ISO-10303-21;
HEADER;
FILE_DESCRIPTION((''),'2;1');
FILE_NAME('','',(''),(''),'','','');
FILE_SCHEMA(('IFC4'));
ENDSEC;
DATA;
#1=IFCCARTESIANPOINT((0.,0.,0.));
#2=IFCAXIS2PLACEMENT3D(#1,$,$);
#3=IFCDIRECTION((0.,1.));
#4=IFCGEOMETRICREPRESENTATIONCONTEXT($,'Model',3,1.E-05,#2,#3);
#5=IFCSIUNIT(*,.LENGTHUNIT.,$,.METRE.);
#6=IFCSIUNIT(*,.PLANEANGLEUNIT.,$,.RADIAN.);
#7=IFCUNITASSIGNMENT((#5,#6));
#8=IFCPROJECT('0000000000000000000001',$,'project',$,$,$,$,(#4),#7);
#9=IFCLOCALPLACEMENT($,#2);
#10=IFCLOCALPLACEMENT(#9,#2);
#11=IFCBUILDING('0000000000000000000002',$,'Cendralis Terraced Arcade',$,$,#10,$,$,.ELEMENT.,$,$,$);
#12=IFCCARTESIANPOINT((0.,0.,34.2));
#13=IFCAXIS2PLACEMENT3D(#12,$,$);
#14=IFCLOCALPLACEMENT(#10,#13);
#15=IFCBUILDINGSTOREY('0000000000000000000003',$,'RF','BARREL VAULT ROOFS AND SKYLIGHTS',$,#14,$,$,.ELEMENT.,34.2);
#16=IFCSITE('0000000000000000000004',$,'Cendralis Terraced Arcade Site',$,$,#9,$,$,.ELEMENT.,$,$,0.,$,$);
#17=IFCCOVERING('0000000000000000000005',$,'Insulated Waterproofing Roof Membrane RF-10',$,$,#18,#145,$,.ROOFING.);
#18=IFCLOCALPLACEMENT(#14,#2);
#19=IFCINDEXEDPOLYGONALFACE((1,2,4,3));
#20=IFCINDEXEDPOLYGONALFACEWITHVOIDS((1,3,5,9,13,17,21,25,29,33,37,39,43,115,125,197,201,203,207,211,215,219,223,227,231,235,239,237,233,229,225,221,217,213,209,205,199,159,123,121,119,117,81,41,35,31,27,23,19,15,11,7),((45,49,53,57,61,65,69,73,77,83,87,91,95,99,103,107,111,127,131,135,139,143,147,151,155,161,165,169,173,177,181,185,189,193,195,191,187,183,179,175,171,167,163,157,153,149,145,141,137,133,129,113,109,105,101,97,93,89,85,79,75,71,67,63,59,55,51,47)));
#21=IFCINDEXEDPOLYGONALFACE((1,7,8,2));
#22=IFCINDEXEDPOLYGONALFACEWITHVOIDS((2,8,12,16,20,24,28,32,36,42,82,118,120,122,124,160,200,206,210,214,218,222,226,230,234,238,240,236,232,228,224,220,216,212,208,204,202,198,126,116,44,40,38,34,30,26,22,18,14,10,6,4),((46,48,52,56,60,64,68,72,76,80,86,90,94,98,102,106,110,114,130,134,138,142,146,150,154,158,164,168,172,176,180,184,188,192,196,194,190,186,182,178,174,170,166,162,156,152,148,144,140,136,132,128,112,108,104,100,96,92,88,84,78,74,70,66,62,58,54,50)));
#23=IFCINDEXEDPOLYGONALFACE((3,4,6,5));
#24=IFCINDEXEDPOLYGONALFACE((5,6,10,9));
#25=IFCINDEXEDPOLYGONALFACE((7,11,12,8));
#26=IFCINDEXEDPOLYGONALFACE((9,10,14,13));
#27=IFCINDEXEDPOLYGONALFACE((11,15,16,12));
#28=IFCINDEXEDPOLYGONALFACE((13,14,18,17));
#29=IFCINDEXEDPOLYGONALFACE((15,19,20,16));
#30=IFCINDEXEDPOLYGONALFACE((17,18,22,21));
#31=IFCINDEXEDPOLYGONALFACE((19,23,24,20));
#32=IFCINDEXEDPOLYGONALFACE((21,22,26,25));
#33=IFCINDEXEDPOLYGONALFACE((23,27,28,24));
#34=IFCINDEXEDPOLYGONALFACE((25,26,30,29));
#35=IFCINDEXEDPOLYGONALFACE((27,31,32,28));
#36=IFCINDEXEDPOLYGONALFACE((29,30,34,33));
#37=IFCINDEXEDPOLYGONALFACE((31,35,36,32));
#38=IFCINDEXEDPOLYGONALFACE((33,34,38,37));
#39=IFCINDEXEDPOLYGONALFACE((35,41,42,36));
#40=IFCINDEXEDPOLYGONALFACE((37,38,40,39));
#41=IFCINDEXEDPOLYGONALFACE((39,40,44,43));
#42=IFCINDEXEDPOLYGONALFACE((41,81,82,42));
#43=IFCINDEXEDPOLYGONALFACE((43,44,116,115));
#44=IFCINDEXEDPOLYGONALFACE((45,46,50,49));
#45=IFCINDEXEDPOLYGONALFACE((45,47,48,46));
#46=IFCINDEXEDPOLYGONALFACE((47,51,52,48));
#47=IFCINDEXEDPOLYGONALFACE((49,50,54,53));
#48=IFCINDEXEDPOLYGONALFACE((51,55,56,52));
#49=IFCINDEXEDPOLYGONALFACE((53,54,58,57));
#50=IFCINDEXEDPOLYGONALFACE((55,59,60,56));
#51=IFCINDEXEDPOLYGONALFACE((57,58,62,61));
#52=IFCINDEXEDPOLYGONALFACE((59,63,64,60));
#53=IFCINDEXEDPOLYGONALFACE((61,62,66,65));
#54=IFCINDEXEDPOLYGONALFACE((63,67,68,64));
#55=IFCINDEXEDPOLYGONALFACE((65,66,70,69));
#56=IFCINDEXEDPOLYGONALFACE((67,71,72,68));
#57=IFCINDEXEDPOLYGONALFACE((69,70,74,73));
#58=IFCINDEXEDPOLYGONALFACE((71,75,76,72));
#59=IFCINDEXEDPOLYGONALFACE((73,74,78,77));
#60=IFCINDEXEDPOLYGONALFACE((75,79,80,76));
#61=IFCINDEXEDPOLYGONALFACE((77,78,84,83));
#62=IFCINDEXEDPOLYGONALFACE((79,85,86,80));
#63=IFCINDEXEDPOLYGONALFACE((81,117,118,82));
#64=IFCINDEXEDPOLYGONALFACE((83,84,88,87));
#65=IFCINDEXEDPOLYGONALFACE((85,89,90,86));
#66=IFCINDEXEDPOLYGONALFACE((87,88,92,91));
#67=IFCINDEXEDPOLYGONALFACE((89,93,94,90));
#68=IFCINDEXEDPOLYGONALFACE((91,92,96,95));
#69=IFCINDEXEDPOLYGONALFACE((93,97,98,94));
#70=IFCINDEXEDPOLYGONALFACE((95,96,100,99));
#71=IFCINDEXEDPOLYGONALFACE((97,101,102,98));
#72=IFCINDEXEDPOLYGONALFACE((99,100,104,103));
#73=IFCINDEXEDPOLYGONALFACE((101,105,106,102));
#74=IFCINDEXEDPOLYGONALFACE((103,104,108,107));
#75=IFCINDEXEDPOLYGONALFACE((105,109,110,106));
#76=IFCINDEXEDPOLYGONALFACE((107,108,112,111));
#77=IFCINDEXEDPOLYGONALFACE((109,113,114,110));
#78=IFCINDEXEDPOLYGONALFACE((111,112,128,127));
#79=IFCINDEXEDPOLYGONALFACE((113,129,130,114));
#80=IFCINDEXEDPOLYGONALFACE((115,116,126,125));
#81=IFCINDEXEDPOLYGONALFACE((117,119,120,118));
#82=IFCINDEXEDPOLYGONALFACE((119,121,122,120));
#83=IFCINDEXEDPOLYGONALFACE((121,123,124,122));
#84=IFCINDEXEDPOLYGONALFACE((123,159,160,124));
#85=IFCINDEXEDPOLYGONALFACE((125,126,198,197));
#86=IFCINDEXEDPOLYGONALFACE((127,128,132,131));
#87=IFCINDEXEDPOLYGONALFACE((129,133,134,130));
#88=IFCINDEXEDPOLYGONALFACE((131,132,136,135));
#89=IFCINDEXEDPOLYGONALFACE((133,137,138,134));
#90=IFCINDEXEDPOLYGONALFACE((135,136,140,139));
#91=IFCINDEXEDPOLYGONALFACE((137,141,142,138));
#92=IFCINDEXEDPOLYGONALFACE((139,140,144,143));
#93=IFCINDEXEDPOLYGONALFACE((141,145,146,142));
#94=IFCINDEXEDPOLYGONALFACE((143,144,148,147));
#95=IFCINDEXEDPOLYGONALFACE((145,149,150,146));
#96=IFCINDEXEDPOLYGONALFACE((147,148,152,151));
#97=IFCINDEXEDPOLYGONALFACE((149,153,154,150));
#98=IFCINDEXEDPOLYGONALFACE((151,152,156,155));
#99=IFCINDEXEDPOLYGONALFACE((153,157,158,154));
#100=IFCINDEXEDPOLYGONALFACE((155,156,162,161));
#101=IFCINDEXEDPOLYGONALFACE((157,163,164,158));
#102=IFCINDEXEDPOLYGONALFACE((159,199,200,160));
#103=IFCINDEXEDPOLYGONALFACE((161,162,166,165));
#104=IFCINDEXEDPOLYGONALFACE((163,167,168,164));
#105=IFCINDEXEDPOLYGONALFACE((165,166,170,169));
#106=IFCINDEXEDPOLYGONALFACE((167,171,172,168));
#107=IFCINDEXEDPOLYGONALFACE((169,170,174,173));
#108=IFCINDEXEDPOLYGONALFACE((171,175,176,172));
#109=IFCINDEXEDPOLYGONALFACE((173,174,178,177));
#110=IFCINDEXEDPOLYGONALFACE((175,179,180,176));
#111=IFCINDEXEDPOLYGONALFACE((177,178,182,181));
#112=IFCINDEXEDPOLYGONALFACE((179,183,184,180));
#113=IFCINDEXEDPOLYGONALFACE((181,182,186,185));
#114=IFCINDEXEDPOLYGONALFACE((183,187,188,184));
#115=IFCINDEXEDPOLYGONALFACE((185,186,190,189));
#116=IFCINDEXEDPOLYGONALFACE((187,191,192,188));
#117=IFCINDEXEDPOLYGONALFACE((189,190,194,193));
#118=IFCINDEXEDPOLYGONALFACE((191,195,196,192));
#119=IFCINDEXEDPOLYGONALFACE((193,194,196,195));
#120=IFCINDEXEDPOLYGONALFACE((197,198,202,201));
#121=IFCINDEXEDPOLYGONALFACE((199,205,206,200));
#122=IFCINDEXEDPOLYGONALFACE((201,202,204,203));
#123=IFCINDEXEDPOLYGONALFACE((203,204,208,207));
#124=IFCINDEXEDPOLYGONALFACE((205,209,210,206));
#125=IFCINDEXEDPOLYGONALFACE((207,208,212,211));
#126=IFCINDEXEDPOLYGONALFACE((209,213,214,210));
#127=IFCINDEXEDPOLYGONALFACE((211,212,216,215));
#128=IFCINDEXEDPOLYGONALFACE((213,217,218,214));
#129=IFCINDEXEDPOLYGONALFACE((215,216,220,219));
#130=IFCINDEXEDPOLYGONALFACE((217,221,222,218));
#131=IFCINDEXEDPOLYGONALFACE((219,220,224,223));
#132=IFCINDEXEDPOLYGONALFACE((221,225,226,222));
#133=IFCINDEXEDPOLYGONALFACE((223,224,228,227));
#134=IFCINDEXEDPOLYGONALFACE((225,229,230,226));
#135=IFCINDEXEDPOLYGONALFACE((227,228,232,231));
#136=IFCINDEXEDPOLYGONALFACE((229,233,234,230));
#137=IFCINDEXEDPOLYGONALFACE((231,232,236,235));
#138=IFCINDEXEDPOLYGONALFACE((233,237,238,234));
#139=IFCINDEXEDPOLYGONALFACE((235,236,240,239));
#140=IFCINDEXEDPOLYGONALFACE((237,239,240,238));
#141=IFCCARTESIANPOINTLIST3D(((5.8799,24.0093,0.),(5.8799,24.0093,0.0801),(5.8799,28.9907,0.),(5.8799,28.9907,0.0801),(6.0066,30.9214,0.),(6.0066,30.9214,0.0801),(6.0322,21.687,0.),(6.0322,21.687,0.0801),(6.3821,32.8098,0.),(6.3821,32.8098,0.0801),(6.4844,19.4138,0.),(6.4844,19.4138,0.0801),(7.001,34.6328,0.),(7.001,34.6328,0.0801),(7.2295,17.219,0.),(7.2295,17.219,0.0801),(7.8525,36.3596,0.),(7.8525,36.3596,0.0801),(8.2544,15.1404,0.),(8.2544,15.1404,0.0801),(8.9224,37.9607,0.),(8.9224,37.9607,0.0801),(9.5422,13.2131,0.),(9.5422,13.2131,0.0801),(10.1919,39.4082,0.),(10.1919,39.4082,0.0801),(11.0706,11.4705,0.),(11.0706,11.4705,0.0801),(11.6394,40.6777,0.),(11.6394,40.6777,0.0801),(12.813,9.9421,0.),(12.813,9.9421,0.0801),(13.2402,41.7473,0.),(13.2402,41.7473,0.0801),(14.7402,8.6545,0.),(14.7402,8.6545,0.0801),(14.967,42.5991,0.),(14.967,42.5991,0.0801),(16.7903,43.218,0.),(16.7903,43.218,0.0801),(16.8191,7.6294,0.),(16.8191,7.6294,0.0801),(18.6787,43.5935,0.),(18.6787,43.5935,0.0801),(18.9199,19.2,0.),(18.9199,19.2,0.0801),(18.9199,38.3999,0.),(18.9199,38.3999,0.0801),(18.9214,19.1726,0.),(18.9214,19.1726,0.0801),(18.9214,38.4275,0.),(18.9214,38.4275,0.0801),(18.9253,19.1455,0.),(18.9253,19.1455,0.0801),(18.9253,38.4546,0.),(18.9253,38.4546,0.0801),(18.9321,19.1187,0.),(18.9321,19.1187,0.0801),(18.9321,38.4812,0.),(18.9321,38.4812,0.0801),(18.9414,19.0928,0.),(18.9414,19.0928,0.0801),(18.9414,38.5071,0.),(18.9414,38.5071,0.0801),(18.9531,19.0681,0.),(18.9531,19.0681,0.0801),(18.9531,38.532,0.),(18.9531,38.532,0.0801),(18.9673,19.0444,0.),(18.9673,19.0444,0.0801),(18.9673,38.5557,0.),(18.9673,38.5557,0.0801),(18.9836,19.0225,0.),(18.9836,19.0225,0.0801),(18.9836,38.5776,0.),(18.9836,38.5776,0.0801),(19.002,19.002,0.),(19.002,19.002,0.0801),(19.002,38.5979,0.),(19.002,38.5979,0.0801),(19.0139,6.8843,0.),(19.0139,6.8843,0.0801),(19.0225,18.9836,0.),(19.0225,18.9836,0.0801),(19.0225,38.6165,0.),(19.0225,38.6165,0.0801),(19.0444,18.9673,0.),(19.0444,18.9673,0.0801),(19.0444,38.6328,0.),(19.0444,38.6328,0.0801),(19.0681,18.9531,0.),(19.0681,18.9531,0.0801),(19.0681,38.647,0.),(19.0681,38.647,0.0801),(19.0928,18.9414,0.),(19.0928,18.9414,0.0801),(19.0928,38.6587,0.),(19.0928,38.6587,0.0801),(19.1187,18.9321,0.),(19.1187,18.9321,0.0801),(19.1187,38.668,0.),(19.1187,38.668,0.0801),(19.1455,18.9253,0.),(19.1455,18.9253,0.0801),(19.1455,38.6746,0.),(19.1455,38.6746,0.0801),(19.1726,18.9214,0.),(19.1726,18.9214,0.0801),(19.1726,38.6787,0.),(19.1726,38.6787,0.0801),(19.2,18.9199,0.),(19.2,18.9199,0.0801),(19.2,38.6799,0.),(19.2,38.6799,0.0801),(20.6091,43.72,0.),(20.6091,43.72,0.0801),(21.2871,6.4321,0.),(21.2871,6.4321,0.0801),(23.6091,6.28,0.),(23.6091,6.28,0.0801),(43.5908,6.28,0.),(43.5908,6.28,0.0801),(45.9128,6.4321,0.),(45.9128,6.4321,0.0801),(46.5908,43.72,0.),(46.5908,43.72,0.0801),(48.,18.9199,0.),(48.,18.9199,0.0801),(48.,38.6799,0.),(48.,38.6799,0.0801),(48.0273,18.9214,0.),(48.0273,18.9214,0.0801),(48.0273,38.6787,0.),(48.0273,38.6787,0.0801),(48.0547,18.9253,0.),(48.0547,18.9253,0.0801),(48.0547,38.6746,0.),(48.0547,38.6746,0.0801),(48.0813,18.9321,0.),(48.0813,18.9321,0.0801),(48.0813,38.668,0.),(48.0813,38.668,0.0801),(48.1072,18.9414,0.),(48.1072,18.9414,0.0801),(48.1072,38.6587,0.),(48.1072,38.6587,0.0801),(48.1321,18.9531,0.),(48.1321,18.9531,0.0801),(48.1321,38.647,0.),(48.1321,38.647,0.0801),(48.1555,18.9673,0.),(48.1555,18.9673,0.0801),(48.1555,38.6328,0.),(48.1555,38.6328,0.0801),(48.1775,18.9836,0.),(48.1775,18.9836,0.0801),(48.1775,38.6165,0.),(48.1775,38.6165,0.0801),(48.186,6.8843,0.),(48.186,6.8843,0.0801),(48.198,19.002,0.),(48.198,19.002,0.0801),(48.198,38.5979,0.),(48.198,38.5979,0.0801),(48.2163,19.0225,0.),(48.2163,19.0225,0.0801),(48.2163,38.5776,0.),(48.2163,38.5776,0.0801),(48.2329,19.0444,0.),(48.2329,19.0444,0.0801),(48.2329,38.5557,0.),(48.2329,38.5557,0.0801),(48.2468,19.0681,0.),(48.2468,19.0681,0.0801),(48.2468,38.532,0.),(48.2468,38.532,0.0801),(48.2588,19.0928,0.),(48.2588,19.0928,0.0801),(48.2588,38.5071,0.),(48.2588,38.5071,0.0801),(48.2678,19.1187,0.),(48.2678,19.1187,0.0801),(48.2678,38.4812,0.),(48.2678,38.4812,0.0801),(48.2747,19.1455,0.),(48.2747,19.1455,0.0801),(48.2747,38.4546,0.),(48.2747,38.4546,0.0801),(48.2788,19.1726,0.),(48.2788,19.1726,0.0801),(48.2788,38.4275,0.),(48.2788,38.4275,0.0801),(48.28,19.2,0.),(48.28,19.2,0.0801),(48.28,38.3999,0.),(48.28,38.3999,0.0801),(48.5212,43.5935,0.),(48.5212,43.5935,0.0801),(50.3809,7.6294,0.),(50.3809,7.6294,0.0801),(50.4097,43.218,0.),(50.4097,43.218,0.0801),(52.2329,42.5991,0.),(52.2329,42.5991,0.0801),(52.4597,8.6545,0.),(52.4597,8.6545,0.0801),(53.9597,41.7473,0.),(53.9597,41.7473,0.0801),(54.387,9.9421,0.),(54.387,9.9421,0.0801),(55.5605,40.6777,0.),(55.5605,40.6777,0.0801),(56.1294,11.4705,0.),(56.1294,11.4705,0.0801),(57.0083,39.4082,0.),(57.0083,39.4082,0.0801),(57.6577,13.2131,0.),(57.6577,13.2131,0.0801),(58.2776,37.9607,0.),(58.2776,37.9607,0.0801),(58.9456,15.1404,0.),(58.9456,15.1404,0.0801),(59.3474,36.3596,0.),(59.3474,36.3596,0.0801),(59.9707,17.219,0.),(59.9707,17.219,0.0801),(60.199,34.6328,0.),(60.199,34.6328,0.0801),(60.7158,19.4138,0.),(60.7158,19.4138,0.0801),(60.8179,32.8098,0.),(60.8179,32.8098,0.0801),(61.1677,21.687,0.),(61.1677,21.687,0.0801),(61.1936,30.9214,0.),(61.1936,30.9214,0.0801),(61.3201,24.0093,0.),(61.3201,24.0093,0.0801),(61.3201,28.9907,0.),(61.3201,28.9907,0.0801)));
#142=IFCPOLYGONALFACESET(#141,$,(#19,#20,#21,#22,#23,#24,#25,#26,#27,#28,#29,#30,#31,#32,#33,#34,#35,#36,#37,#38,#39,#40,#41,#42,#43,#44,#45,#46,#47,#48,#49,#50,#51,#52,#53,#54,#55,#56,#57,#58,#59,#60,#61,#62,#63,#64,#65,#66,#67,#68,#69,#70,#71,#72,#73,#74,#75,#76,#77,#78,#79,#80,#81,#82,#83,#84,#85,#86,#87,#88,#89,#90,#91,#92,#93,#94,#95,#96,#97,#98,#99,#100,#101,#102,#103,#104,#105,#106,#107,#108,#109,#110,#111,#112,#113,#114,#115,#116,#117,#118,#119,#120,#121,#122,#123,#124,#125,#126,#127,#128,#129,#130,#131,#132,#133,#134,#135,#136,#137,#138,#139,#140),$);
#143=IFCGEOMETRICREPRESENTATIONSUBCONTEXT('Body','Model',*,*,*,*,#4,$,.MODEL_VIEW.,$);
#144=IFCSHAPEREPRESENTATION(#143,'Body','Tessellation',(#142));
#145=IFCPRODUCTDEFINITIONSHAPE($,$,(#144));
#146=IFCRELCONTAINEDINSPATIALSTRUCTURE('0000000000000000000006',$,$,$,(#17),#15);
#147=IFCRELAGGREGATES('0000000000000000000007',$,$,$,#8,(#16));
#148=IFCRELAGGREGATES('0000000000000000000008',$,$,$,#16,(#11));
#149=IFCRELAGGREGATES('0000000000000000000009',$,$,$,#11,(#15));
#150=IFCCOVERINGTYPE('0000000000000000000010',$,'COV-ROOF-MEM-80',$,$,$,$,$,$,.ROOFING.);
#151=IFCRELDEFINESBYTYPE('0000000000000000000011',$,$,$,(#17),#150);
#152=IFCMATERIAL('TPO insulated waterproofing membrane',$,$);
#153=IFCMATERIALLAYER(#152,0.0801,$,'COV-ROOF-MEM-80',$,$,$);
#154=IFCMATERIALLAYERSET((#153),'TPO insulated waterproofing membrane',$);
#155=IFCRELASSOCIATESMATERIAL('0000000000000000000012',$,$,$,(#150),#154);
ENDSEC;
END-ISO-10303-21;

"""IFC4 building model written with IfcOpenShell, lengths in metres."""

from ifc_helpers import new_model, si_unit, direction, frame, origin, place, context, subcontext, project, spatial, polyline, outline, extrude, material, layer, layer_set, type_object, element, save


model = new_model("IFC4")

# Units and contexts
model_context = context("Model", 3, precision=1e-05, world=origin(), true_north=direction((0.0, 1.0)))
body_context = subcontext(model_context, "Body", "Model", "MODEL_VIEW")
ifc_project = project(units=[si_unit("LENGTHUNIT", "METRE"), si_unit("PLANEANGLEUNIT", "RADIAN")], contexts=[model_context])

# Site, building, storey
site_placement = place(None, origin())
site = spatial("IfcSite", under=ifc_project, at=site_placement, Name="Cendralis Terraced Arcade Site", CompositionType="ELEMENT", RefElevation=0.0)
building_placement = place(site_placement, origin())
building = spatial("IfcBuilding", under=site, at=building_placement, Name="Cendralis Terraced Arcade", CompositionType="ELEMENT")
storey_placement = place(building_placement, frame((0.0, 0.0, 34.2)))
storey = spatial("IfcBuildingStorey", under=building, at=storey_placement, Name="RF", Description="BARREL VAULT ROOFS AND SKYLIGHTS", CompositionType="ELEMENT", Elevation=34.2)

# Covering
ifc_material_1 = material(Name="TPO insulated waterproofing membrane")
ifc_layer_1 = layer(ifc_material_1, 0.0801, Name="COV-ROOF-MEM-80")
ifc_layer_set_1 = layer_set([ifc_layer_1], Name="TPO insulated waterproofing membrane")
covering_type_1 = type_object("IfcCoveringType", Name="COV-ROOF-MEM-80", PredefinedType="ROOFING", material=ifc_layer_set_1)
covering_1_placement = place(storey_placement, origin())
element("IfcCovering", 1, at=covering_1_placement, inside=storey, type_object=covering_type_1, Name="Insulated Waterproofing Roof Membrane RF-10", PredefinedType="ROOFING", context=body_context, shape_type="SweptSolid", body=[
    extrude(outline(polyline([(6.0066, 30.9214), (6.3821, 32.8098), (7.001, 34.6328), (7.8525, 36.3596), (8.9224, 37.9607), (10.1919, 39.4082), (11.6394, 40.6777), (13.2402, 41.7473), (14.967, 42.5991), (16.7903, 43.218), (18.6787, 43.5935), (20.6091, 43.72), (46.5908, 43.72), (48.5212, 43.5935), (50.4097, 43.218), (52.2329, 42.5991), (53.9597, 41.7473), (55.5605, 40.6777), (57.0083, 39.4082), (58.2776, 37.9607), (59.3474, 36.3596), (60.199, 34.6328), (60.8179, 32.8098), (61.1936, 30.9214), (61.3201, 28.9907), (61.3201, 24.0093), (61.1677, 21.687), (60.7158, 19.4138), (59.9707, 17.219), (58.9456, 15.1404), (57.6577, 13.2131), (56.1294, 11.4705), (54.387, 9.9421), (52.4597, 8.6545), (50.3809, 7.6294), (48.186, 6.8843), (45.9128, 6.4321), (43.5908, 6.28), (23.6091, 6.28), (21.2871, 6.4321), (19.0139, 6.8843), (16.8191, 7.6294), (14.7402, 8.6545), (12.813, 9.9421), (11.0706, 11.4705), (9.5422, 13.2131), (8.2544, 15.1404), (7.2295, 17.219), (6.4844, 19.4138), (6.0322, 21.687), (5.8799, 24.0093), (5.8799, 28.9907), (6.0066, 30.9214)]), holes=[polyline([(48.28, 38.3999), (48.2788, 38.4275), (48.2747, 38.4546), (48.2678, 38.4812), (48.2588, 38.5071), (48.2468, 38.532), (48.2329, 38.5557), (48.2163, 38.5776), (48.198, 38.5979), (48.1775, 38.6165), (48.1555, 38.6328), (48.1321, 38.647), (48.1072, 38.6587), (48.0813, 38.668), (48.0547, 38.6746), (48.0273, 38.6787), (48.0, 38.6799), (19.2, 38.6799), (19.1726, 38.6787), (19.1455, 38.6746), (19.1187, 38.668), (19.0928, 38.6587), (19.0681, 38.647), (19.0444, 38.6328), (19.0225, 38.6165), (19.002, 38.5979), (18.9836, 38.5776), (18.9673, 38.5557), (18.9531, 38.532), (18.9414, 38.5071), (18.9321, 38.4812), (18.9253, 38.4546), (18.9214, 38.4275), (18.9199, 38.3999), (18.9199, 19.2), (18.9214, 19.1726), (18.9253, 19.1455), (18.9321, 19.1187), (18.9414, 19.0928), (18.9531, 19.0681), (18.9673, 19.0444), (18.9836, 19.0225), (19.002, 19.002), (19.0225, 18.9836), (19.0444, 18.9673), (19.0681, 18.9531), (19.0928, 18.9414), (19.1187, 18.9321), (19.1455, 18.9253), (19.1726, 18.9214), (19.2, 18.9199), (48.0, 18.9199), (48.0273, 18.9214), (48.0547, 18.9253), (48.0813, 18.9321), (48.1072, 18.9414), (48.1321, 18.9531), (48.1555, 18.9673), (48.1775, 18.9836), (48.198, 19.002), (48.2163, 19.0225), (48.2329, 19.0444), (48.2468, 19.0681), (48.2588, 19.0928), (48.2678, 19.1187), (48.2747, 19.1455), (48.2788, 19.1726), (48.28, 19.2), (48.28, 38.3999)])]), origin(), (0.0, 0.0, 1.0), 0.0801),
])

save(model, "model.ifc")
